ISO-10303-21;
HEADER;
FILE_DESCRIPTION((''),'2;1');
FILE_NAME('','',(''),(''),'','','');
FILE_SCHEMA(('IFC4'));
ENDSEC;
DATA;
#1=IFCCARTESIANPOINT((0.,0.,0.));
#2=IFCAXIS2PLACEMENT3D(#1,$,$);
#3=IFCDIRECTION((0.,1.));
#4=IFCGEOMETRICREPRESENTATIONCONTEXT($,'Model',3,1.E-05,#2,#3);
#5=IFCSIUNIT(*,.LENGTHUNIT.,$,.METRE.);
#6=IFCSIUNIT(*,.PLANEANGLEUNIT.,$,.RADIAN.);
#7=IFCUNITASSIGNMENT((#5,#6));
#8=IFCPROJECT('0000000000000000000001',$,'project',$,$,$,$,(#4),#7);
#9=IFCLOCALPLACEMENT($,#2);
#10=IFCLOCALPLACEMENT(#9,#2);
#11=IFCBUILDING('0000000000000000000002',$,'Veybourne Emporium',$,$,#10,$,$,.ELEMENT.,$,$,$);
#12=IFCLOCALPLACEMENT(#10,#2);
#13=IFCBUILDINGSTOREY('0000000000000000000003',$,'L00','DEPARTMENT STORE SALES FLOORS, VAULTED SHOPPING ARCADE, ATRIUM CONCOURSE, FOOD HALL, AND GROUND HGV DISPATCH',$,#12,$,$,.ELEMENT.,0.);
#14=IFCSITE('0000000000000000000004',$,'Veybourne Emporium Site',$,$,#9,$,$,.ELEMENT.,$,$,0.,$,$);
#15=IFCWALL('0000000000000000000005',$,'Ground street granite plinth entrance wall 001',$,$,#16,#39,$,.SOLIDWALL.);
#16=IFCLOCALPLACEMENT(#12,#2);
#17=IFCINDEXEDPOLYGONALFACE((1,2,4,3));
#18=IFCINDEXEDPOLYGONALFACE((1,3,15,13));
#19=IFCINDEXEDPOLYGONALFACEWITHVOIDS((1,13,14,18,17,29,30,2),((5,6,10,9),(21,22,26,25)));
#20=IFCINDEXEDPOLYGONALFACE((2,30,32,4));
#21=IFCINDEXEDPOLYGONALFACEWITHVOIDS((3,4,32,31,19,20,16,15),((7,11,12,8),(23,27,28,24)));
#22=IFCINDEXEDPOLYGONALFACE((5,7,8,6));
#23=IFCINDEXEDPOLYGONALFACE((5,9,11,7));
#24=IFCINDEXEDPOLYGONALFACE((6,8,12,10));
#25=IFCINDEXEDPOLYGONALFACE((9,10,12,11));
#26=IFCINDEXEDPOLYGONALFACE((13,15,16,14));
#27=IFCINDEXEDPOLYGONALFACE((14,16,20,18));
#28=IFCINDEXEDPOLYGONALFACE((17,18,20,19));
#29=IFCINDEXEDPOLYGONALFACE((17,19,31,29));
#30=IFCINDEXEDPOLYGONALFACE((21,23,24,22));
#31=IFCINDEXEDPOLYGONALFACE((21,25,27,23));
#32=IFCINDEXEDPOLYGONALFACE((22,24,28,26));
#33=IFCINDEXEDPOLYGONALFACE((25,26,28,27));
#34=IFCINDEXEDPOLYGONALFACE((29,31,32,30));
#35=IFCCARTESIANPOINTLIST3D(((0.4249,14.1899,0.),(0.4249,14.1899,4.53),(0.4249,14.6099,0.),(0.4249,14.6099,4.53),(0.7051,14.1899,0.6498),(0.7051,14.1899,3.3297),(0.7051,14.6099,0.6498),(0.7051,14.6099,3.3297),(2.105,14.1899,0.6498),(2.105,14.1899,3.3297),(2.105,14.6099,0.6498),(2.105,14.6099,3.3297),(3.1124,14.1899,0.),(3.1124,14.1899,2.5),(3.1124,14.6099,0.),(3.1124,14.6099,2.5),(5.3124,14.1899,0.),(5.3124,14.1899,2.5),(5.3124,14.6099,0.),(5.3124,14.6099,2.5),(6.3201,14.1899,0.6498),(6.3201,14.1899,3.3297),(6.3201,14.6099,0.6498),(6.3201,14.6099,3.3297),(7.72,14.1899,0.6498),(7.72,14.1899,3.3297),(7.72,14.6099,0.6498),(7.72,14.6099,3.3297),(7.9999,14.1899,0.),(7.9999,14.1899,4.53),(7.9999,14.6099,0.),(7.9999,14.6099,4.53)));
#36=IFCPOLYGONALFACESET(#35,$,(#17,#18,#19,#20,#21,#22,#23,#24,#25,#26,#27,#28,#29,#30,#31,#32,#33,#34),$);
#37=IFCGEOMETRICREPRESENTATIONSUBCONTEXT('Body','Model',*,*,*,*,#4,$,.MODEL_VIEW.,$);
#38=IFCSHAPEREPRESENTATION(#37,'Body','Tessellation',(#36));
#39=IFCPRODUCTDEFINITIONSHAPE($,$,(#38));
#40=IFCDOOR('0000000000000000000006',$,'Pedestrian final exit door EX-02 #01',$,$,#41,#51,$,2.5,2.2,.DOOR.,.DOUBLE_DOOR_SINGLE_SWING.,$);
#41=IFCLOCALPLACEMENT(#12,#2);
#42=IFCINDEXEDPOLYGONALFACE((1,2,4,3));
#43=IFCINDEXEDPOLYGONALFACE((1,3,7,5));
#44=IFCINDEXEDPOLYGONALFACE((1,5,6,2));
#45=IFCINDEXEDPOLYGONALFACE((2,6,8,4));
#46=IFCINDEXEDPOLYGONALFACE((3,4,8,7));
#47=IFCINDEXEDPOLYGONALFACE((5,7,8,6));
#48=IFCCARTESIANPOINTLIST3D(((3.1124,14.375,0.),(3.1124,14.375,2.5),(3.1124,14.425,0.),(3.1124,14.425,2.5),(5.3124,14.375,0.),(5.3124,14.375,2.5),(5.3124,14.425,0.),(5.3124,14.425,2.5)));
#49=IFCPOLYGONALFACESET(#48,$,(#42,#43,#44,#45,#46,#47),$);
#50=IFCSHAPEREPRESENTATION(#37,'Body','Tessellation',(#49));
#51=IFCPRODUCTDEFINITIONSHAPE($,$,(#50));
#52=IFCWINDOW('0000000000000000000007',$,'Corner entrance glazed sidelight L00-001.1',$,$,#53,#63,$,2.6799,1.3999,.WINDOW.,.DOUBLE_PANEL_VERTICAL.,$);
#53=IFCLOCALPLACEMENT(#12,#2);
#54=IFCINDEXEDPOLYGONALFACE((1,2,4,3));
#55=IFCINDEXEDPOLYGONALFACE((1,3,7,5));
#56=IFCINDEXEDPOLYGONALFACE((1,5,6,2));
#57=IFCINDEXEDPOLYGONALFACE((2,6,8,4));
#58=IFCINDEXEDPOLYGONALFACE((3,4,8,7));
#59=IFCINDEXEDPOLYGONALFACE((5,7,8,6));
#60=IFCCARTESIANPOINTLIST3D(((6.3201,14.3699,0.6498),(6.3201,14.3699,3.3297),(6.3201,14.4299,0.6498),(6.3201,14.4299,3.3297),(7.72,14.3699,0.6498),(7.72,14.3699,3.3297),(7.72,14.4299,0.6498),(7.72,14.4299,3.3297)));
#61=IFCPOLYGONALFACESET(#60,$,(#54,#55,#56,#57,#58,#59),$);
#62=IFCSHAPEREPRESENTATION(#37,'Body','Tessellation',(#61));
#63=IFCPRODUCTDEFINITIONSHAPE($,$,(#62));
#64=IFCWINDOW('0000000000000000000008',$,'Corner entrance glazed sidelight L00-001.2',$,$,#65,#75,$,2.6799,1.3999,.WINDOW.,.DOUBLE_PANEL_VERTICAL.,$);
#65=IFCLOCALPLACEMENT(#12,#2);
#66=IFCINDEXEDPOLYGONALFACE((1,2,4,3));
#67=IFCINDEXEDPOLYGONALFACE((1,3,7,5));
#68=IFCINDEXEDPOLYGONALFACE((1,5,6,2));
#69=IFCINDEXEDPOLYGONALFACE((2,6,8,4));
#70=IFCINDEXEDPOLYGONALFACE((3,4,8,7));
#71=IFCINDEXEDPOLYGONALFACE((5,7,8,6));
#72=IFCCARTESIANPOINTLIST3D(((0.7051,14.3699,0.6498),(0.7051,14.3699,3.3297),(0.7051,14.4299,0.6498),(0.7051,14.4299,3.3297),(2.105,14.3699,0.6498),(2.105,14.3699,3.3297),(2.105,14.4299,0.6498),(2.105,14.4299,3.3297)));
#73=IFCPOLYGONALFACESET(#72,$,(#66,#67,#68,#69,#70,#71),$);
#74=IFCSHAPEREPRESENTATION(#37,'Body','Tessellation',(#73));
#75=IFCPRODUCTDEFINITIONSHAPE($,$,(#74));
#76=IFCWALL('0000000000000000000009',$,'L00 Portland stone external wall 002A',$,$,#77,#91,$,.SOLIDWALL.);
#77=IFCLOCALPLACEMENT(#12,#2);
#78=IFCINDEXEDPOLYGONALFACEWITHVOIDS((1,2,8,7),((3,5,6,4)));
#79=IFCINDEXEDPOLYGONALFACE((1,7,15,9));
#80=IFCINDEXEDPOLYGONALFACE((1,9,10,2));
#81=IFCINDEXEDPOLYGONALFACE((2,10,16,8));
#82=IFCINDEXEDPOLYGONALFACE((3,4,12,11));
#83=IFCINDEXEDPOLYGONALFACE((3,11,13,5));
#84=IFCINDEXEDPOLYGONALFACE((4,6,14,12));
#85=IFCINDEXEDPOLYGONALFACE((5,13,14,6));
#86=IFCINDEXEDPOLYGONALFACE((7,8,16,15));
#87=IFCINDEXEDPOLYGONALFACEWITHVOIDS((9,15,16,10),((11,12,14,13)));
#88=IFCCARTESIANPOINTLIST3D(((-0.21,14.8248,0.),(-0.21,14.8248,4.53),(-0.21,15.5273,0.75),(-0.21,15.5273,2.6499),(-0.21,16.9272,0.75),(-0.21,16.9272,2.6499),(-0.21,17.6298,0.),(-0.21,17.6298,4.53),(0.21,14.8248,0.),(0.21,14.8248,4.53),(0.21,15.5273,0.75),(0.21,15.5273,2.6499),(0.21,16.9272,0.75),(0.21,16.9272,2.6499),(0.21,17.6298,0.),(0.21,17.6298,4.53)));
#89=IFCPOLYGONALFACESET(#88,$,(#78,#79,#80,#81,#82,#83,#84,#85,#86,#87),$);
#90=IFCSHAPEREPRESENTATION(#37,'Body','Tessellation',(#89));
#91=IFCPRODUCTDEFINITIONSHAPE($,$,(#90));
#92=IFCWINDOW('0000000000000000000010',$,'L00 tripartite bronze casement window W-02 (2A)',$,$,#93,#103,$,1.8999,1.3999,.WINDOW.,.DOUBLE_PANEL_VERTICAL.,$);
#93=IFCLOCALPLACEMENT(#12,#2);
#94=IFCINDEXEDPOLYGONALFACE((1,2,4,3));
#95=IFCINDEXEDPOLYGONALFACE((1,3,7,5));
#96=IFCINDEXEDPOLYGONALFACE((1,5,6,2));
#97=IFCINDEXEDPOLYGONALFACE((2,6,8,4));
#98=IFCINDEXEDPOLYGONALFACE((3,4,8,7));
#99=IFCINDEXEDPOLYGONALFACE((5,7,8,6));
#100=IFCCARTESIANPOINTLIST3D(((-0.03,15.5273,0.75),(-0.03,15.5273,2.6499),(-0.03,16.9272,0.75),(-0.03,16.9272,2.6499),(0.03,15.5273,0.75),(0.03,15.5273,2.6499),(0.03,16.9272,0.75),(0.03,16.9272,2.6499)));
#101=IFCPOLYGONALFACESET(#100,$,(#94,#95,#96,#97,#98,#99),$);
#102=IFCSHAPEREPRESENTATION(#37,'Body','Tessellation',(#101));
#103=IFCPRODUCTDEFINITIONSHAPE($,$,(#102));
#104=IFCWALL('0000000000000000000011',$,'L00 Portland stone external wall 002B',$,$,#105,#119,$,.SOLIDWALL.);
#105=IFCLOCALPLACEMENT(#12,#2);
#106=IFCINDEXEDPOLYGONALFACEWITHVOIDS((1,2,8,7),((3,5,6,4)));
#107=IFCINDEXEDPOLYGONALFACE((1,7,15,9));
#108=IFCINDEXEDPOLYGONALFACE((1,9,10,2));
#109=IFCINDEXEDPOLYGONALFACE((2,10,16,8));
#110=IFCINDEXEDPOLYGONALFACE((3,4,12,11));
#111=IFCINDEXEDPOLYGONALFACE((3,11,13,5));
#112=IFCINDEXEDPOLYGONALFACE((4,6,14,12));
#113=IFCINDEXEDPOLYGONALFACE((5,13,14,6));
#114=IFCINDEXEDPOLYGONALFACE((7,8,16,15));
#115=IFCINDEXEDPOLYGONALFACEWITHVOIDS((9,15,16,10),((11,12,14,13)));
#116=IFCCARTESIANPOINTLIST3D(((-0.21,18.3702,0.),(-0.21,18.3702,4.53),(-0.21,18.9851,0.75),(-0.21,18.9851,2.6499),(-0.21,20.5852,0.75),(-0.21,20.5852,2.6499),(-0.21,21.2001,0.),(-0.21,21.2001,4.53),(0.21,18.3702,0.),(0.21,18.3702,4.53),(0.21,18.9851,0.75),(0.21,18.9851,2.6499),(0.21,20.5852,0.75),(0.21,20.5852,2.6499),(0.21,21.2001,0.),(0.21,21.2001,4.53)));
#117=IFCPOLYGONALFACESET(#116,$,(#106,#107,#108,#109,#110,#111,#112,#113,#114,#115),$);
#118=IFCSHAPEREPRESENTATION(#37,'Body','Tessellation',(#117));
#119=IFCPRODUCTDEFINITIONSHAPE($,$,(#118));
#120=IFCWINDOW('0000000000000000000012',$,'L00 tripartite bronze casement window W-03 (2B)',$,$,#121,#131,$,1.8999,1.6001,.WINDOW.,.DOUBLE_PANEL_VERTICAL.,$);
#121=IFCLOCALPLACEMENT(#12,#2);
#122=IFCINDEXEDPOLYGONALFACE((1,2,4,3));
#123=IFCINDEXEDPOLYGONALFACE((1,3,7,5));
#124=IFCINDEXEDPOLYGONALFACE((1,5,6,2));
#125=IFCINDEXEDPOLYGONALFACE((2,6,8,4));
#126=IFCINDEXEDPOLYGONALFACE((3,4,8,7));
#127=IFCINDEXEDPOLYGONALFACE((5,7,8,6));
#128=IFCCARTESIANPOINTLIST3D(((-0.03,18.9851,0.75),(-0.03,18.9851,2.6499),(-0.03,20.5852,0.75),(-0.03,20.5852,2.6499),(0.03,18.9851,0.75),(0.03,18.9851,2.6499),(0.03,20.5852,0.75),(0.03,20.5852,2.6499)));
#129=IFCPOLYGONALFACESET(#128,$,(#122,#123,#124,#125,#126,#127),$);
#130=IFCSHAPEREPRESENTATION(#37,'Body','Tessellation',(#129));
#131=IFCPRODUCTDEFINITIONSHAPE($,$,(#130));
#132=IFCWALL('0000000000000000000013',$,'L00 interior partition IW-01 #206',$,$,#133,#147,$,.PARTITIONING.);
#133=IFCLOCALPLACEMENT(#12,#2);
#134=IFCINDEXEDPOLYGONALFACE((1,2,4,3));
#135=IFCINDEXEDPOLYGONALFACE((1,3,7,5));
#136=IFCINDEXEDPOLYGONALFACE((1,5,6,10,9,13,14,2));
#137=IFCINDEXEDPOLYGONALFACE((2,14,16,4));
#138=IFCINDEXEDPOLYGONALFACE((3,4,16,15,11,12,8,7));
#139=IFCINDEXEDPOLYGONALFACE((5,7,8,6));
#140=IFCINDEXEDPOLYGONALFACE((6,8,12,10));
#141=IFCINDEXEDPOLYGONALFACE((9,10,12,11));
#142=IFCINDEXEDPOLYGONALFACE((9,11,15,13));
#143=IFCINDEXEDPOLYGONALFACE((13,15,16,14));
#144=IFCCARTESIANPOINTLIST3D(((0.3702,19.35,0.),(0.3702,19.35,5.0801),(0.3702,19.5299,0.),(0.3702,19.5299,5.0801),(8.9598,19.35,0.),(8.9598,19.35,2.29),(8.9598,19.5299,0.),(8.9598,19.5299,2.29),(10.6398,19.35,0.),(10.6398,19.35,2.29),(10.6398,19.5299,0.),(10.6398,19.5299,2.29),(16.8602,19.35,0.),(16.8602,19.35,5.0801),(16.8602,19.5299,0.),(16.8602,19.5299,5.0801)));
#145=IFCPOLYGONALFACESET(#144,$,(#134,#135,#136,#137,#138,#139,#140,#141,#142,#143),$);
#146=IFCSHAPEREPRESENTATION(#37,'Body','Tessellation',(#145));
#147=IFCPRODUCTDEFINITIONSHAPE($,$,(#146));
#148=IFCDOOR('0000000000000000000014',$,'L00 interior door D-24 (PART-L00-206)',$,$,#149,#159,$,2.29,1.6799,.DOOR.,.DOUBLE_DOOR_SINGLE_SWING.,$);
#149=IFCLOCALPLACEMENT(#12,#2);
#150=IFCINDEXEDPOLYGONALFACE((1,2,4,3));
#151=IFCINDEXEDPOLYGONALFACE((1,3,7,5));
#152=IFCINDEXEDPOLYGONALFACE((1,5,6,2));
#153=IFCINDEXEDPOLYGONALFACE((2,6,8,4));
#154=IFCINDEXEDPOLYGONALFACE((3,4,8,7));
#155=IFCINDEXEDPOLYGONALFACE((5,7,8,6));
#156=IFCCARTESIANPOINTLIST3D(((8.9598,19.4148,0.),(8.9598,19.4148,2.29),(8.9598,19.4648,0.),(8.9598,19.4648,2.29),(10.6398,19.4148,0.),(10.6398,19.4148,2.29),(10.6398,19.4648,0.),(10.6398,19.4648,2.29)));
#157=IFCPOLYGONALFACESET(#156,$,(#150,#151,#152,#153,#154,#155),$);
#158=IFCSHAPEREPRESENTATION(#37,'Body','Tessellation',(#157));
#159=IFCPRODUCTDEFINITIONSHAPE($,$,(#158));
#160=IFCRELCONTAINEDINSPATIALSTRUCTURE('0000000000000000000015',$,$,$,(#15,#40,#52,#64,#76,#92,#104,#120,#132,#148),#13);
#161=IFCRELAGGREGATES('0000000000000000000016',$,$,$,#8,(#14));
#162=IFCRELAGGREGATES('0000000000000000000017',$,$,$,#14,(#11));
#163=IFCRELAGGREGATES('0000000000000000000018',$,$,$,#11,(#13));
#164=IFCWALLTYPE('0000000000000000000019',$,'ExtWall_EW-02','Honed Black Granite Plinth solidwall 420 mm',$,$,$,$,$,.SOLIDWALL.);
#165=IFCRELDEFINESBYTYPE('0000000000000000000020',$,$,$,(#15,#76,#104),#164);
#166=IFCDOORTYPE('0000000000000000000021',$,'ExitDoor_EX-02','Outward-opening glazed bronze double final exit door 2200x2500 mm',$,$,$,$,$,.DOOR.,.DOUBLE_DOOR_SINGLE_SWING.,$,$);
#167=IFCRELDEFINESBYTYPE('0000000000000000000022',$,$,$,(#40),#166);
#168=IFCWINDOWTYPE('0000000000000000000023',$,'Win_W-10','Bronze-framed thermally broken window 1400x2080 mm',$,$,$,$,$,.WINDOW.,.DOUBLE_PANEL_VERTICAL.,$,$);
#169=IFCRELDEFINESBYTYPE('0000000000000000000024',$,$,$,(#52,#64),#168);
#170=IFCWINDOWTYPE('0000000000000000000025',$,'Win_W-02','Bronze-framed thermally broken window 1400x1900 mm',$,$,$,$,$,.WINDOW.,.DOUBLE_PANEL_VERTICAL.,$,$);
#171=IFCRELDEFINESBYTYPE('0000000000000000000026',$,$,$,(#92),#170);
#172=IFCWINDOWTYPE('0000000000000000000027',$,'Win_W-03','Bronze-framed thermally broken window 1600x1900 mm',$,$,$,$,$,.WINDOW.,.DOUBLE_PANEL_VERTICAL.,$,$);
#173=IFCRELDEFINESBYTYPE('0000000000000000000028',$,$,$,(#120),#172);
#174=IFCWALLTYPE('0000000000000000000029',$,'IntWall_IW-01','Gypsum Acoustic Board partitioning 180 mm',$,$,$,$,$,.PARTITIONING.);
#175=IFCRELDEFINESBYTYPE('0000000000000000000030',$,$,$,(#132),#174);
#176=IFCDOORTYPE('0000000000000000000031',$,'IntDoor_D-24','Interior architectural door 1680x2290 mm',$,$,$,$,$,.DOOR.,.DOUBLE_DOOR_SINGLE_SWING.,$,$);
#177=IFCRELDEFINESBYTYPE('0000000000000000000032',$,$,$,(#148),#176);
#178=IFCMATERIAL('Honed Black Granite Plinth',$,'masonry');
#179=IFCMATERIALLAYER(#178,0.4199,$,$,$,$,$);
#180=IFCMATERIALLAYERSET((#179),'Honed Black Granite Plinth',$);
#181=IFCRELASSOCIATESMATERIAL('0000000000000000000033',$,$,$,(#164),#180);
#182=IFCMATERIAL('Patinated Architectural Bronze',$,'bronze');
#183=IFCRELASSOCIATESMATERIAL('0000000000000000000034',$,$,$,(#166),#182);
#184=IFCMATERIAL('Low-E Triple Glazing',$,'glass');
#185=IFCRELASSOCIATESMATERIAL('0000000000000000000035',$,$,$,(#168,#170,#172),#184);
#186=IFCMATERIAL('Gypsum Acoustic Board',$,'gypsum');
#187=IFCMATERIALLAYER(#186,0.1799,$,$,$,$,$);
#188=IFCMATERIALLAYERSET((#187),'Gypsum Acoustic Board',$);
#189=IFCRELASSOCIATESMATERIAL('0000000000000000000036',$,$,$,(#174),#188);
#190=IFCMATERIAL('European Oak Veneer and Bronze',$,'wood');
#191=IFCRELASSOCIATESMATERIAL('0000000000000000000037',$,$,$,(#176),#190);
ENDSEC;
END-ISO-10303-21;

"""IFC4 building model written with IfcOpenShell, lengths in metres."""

from ifc_helpers import new_model, si_unit, direction, frame, frame_2d, origin, place, context, subcontext, project, spatial, rectangle, extrude, material, layer, layer_set, type_object, element, fill, save


model = new_model("IFC4")

# Units and contexts
model_context = context("Model", 3, precision=1e-05, world=origin(), true_north=direction((0.0, 1.0)))
body_context = subcontext(model_context, "Body", "Model", "MODEL_VIEW")
ifc_project = project(units=[si_unit("LENGTHUNIT", "METRE"), si_unit("PLANEANGLEUNIT", "RADIAN")], contexts=[model_context])

# Site, building, storey
site_placement = place(None, origin())
site = spatial("IfcSite", under=ifc_project, at=site_placement, Name="Veybourne Emporium Site", CompositionType="ELEMENT", RefElevation=0.0)
building_placement = place(site_placement, origin())
building = spatial("IfcBuilding", under=site, at=building_placement, Name="Veybourne Emporium", CompositionType="ELEMENT")
storey_placement = place(building_placement, origin())
storey = spatial("IfcBuildingStorey", under=building, at=storey_placement, Name="L00", Description="DEPARTMENT STORE SALES FLOORS, VAULTED SHOPPING ARCADE, ATRIUM CONCOURSE, FOOD HALL, AND GROUND HGV DISPATCH", CompositionType="ELEMENT", Elevation=0.0)

# Wall, openings, door, windows
ifc_material_1 = material(Name="Honed Black Granite Plinth", Category="masonry")
ifc_layer_1 = layer(ifc_material_1, 0.4199)
ifc_layer_set_1 = layer_set([ifc_layer_1], Name="Honed Black Granite Plinth")
wall_type_1 = type_object("IfcWallType", Name="ExtWall_EW-02", Description="Honed Black Granite Plinth solidwall 420 mm", PredefinedType="SOLIDWALL", material=ifc_layer_set_1)
wall_1_placement = place(storey_placement, frame((8.0, 14.3999, 0.0), z_axis=(0.0, 0.0, 1.0), x_axis=(-1.0, 0.0, 0.0)))
wall_1 = element("IfcWall", 1, at=wall_1_placement, inside=storey, type_object=wall_type_1, Name="Ground street granite plinth entrance wall 001", PredefinedType="SOLIDWALL", context=body_context, shape_type="SweptSolid", body=[
    extrude(rectangle(XDim=7.575, YDim=0.4199, at=frame_2d((3.7876, 0.0))), origin(), (0.0, 0.0, 1.0), 4.53),
])
opening_1_placement = place(wall_1_placement, frame((2.6875, 0.0, 0.0)))
opening_1 = element("IfcOpeningElement", 2, at=opening_1_placement, cuts=wall_1, PredefinedType="OPENING", context=body_context, shape_type="SweptSolid", body=[
    extrude(rectangle(XDim=2.2, YDim=2.5, at=frame_2d((1.1001, 1.25))), frame((0.0, 0.23, 0.0), z_axis=(0.0, -1.0, 0.0), x_axis=(1.0, 0.0, 0.0)), (0.0, 0.0, 1.0), 0.46),
])
opening_2_placement = place(wall_1_placement, frame((0.28, 0.0, 0.6499)))
opening_2 = element("IfcOpeningElement", 3, at=opening_2_placement, cuts=wall_1, PredefinedType="OPENING", context=body_context, shape_type="SweptSolid", body=[
    extrude(rectangle(XDim=1.3999, YDim=2.6799, at=frame_2d((0.7, 1.3398))), frame((0.0, 0.23, 0.0), z_axis=(0.0, -1.0, 0.0), x_axis=(1.0, 0.0, 0.0)), (0.0, 0.0, 1.0), 0.46),
])
opening_3_placement = place(wall_1_placement, frame((5.895, 0.0, 0.6499)))
opening_3 = element("IfcOpeningElement", 4, at=opening_3_placement, cuts=wall_1, PredefinedType="OPENING", context=body_context, shape_type="SweptSolid", body=[
    extrude(rectangle(XDim=1.3999, YDim=2.6799, at=frame_2d((0.7, 1.3398))), frame((0.0, 0.23, 0.0), z_axis=(0.0, -1.0, 0.0), x_axis=(1.0, 0.0, 0.0)), (0.0, 0.0, 1.0), 0.46),
])
ifc_material_2 = material(Name="Patinated Architectural Bronze", Category="bronze")
door_type_1 = type_object("IfcDoorType", Name="ExitDoor_EX-02", Description="Outward-opening glazed bronze double final exit door 2200x2500 mm", OperationType="DOUBLE_DOOR_SINGLE_SWING", PredefinedType="DOOR", material=ifc_material_2)
door_1_placement = place(opening_1_placement, origin())
door_1 = element("IfcDoor", 5, at=door_1_placement, inside=storey, type_object=door_type_1, Name="Pedestrian final exit door EX-02 #01", OperationType="DOUBLE_DOOR_SINGLE_SWING", OverallHeight=2.5, OverallWidth=2.2, PredefinedType="DOOR", context=body_context, shape_type="SweptSolid", body=[
    extrude(rectangle(XDim=2.2, YDim=2.5, at=frame_2d((1.1001, 1.25))), frame((0.0, 0.0249, 0.0), z_axis=(0.0, -1.0, 0.0), x_axis=(1.0, 0.0, 0.0)), (0.0, 0.0, 1.0), 0.05),
])
fill(opening_1, door_1)
ifc_material_3 = material(Name="Low-E Triple Glazing", Category="glass")
window_type_1 = type_object("IfcWindowType", Name="Win_W-10", Description="Bronze-framed thermally broken window 1400x2080 mm", PartitioningType="DOUBLE_PANEL_VERTICAL", PredefinedType="WINDOW", material=ifc_material_3)
window_1_placement = place(opening_2_placement, origin())
window_1 = element("IfcWindow", 6, at=window_1_placement, inside=storey, type_object=window_type_1, Name="Corner entrance glazed sidelight L00-001.1", OverallHeight=2.6799, OverallWidth=1.3999, PartitioningType="DOUBLE_PANEL_VERTICAL", PredefinedType="WINDOW", context=body_context, shape_type="SweptSolid", body=[
    extrude(rectangle(XDim=1.3999, YDim=2.6799, at=frame_2d((0.7, 1.3398))), frame((0.0, 0.03, 0.0), z_axis=(0.0, -1.0, 0.0), x_axis=(1.0, 0.0, 0.0)), (0.0, 0.0, 1.0), 0.0601),
])
fill(opening_2, window_1)
window_2_placement = place(opening_3_placement, origin())
window_2 = element("IfcWindow", 7, at=window_2_placement, inside=storey, type_object=window_type_1, Name="Corner entrance glazed sidelight L00-001.2", OverallHeight=2.6799, OverallWidth=1.3999, PartitioningType="DOUBLE_PANEL_VERTICAL", PredefinedType="WINDOW", context=body_context, shape_type="SweptSolid", body=[
    extrude(rectangle(XDim=1.3999, YDim=2.6799, at=frame_2d((0.7, 1.3398))), frame((0.0, 0.03, 0.0), z_axis=(0.0, -1.0, 0.0), x_axis=(1.0, 0.0, 0.0)), (0.0, 0.0, 1.0), 0.0601),
])
fill(opening_3, window_2)

# Walls, openings, windows
wall_2_placement = place(storey_placement, frame((0.0, 14.825, 0.0), z_axis=(0.0, 0.0, 1.0), x_axis=(0.0, 1.0, 0.0)))
wall_2 = element("IfcWall", 8, at=wall_2_placement, inside=storey, type_object=wall_type_1, Name="L00 Portland stone external wall 002A", PredefinedType="SOLIDWALL", context=body_context, shape_type="SweptSolid", body=[
    extrude(rectangle(XDim=2.8049, YDim=0.4199, at=frame_2d((1.4023, 0.0))), origin(), (0.0, 0.0, 1.0), 4.53),
])
opening_4_placement = place(wall_2_placement, frame((0.7024, 0.0, 0.75)))
opening_4 = element("IfcOpeningElement", 9, at=opening_4_placement, cuts=wall_2, PredefinedType="OPENING", context=body_context, shape_type="SweptSolid", body=[
    extrude(rectangle(XDim=1.3999, YDim=1.8999, at=frame_2d((0.7, 0.95))), frame((0.0, 0.23, 0.0), z_axis=(0.0, -1.0, 0.0), x_axis=(1.0, 0.0, 0.0)), (0.0, 0.0, 1.0), 0.46),
])
window_type_2 = type_object("IfcWindowType", Name="Win_W-02", Description="Bronze-framed thermally broken window 1400x1900 mm", PartitioningType="DOUBLE_PANEL_VERTICAL", PredefinedType="WINDOW", material=ifc_material_3)
window_3_placement = place(opening_4_placement, origin())
window_3 = element("IfcWindow", 10, at=window_3_placement, inside=storey, type_object=window_type_2, Name="L00 tripartite bronze casement window W-02 (2A)", OverallHeight=1.8999, OverallWidth=1.3999, PartitioningType="DOUBLE_PANEL_VERTICAL", PredefinedType="WINDOW", context=body_context, shape_type="SweptSolid", body=[
    extrude(rectangle(XDim=1.3999, YDim=1.8999, at=frame_2d((0.7, 0.95))), frame((0.0, 0.03, 0.0), z_axis=(0.0, -1.0, 0.0), x_axis=(1.0, 0.0, 0.0)), (0.0, 0.0, 1.0), 0.0601),
])
fill(opening_4, window_3)
wall_3_placement = place(storey_placement, frame((0.0, 18.3701, 0.0), z_axis=(0.0, 0.0, 1.0), x_axis=(0.0, 1.0, 0.0)))
wall_3 = element("IfcWall", 11, at=wall_3_placement, inside=storey, type_object=wall_type_1, Name="L00 Portland stone external wall 002B", PredefinedType="SOLIDWALL", context=body_context, shape_type="SweptSolid", body=[
    extrude(rectangle(XDim=2.8298, YDim=0.4199, at=frame_2d((1.415, 0.0))), origin(), (0.0, 0.0, 1.0), 4.53),
])
opening_5_placement = place(wall_3_placement, frame((0.615, 0.0, 0.75)))
opening_5 = element("IfcOpeningElement", 12, at=opening_5_placement, cuts=wall_3, PredefinedType="OPENING", context=body_context, shape_type="SweptSolid", body=[
    extrude(rectangle(XDim=1.6001, YDim=1.8999, at=frame_2d((0.8, 0.95))), frame((0.0, 0.23, 0.0), z_axis=(0.0, -1.0, 0.0), x_axis=(1.0, 0.0, 0.0)), (0.0, 0.0, 1.0), 0.46),
])
window_type_3 = type_object("IfcWindowType", Name="Win_W-03", Description="Bronze-framed thermally broken window 1600x1900 mm", PartitioningType="DOUBLE_PANEL_VERTICAL", PredefinedType="WINDOW", material=ifc_material_3)
window_4_placement = place(opening_5_placement, origin())
window_4 = element("IfcWindow", 13, at=window_4_placement, inside=storey, type_object=window_type_3, Name="L00 tripartite bronze casement window W-03 (2B)", OverallHeight=1.8999, OverallWidth=1.6001, PartitioningType="DOUBLE_PANEL_VERTICAL", PredefinedType="WINDOW", context=body_context, shape_type="SweptSolid", body=[
    extrude(rectangle(XDim=1.6001, YDim=1.8999, at=frame_2d((0.8, 0.95))), frame((0.0, 0.03, 0.0), z_axis=(0.0, -1.0, 0.0), x_axis=(1.0, 0.0, 0.0)), (0.0, 0.0, 1.0), 0.0601),
])
fill(opening_5, window_4)

# Wall, opening, door
ifc_material_4 = material(Name="Gypsum Acoustic Board", Category="gypsum")
ifc_layer_2 = layer(ifc_material_4, 0.1799)
ifc_layer_set_2 = layer_set([ifc_layer_2], Name="Gypsum Acoustic Board")
wall_type_2 = type_object("IfcWallType", Name="IntWall_IW-01", Description="Gypsum Acoustic Board partitioning 180 mm", PredefinedType="PARTITIONING", material=ifc_layer_set_2)
wall_4_placement = place(storey_placement, frame((0.3701, 19.4399, 0.0), z_axis=(0.0, 0.0, 1.0), x_axis=(1.0, 0.0, 0.0)))
wall_4 = element("IfcWall", 14, at=wall_4_placement, inside=storey, type_object=wall_type_2, Name="L00 interior partition IW-01 #206", PredefinedType="PARTITIONING", context=body_context, shape_type="SweptSolid", body=[
    extrude(rectangle(XDim=16.49, YDim=0.1799, at=frame_2d((8.2451, 0.0))), origin(), (0.0, 0.0, 1.0), 5.0801),
])
opening_6_placement = place(wall_4_placement, frame((8.5898, 0.0, 0.0)))
opening_6 = element("IfcOpeningElement", 15, at=opening_6_placement, cuts=wall_4, PredefinedType="OPENING", context=body_context, shape_type="SweptSolid", body=[
    extrude(rectangle(XDim=1.6799, YDim=2.29, at=frame_2d((0.8398, 1.145))), frame((0.0, 0.1099, 0.0), z_axis=(0.0, -1.0, 0.0), x_axis=(1.0, 0.0, 0.0)), (0.0, 0.0, 1.0), 0.22),
])
ifc_material_5 = material(Name="European Oak Veneer and Bronze", Category="wood")
door_type_2 = type_object("IfcDoorType", Name="IntDoor_D-24", Description="Interior architectural door 1680x2290 mm", OperationType="DOUBLE_DOOR_SINGLE_SWING", PredefinedType="DOOR", material=ifc_material_5)
door_2_placement = place(opening_6_placement, origin())
door_2 = element("IfcDoor", 16, at=door_2_placement, inside=storey, type_object=door_type_2, Name="L00 interior door D-24 (PART-L00-206)", OperationType="DOUBLE_DOOR_SINGLE_SWING", OverallHeight=2.29, OverallWidth=1.6799, PredefinedType="DOOR", context=body_context, shape_type="SweptSolid", body=[
    extrude(rectangle(XDim=1.6799, YDim=2.29, at=frame_2d((0.8398, 1.145))), frame((0.0, 0.0249, 0.0), z_axis=(0.0, -1.0, 0.0), x_axis=(1.0, 0.0, 0.0)), (0.0, 0.0, 1.0), 0.05),
])
fill(opening_6, door_2)

save(model, "model.ifc")
